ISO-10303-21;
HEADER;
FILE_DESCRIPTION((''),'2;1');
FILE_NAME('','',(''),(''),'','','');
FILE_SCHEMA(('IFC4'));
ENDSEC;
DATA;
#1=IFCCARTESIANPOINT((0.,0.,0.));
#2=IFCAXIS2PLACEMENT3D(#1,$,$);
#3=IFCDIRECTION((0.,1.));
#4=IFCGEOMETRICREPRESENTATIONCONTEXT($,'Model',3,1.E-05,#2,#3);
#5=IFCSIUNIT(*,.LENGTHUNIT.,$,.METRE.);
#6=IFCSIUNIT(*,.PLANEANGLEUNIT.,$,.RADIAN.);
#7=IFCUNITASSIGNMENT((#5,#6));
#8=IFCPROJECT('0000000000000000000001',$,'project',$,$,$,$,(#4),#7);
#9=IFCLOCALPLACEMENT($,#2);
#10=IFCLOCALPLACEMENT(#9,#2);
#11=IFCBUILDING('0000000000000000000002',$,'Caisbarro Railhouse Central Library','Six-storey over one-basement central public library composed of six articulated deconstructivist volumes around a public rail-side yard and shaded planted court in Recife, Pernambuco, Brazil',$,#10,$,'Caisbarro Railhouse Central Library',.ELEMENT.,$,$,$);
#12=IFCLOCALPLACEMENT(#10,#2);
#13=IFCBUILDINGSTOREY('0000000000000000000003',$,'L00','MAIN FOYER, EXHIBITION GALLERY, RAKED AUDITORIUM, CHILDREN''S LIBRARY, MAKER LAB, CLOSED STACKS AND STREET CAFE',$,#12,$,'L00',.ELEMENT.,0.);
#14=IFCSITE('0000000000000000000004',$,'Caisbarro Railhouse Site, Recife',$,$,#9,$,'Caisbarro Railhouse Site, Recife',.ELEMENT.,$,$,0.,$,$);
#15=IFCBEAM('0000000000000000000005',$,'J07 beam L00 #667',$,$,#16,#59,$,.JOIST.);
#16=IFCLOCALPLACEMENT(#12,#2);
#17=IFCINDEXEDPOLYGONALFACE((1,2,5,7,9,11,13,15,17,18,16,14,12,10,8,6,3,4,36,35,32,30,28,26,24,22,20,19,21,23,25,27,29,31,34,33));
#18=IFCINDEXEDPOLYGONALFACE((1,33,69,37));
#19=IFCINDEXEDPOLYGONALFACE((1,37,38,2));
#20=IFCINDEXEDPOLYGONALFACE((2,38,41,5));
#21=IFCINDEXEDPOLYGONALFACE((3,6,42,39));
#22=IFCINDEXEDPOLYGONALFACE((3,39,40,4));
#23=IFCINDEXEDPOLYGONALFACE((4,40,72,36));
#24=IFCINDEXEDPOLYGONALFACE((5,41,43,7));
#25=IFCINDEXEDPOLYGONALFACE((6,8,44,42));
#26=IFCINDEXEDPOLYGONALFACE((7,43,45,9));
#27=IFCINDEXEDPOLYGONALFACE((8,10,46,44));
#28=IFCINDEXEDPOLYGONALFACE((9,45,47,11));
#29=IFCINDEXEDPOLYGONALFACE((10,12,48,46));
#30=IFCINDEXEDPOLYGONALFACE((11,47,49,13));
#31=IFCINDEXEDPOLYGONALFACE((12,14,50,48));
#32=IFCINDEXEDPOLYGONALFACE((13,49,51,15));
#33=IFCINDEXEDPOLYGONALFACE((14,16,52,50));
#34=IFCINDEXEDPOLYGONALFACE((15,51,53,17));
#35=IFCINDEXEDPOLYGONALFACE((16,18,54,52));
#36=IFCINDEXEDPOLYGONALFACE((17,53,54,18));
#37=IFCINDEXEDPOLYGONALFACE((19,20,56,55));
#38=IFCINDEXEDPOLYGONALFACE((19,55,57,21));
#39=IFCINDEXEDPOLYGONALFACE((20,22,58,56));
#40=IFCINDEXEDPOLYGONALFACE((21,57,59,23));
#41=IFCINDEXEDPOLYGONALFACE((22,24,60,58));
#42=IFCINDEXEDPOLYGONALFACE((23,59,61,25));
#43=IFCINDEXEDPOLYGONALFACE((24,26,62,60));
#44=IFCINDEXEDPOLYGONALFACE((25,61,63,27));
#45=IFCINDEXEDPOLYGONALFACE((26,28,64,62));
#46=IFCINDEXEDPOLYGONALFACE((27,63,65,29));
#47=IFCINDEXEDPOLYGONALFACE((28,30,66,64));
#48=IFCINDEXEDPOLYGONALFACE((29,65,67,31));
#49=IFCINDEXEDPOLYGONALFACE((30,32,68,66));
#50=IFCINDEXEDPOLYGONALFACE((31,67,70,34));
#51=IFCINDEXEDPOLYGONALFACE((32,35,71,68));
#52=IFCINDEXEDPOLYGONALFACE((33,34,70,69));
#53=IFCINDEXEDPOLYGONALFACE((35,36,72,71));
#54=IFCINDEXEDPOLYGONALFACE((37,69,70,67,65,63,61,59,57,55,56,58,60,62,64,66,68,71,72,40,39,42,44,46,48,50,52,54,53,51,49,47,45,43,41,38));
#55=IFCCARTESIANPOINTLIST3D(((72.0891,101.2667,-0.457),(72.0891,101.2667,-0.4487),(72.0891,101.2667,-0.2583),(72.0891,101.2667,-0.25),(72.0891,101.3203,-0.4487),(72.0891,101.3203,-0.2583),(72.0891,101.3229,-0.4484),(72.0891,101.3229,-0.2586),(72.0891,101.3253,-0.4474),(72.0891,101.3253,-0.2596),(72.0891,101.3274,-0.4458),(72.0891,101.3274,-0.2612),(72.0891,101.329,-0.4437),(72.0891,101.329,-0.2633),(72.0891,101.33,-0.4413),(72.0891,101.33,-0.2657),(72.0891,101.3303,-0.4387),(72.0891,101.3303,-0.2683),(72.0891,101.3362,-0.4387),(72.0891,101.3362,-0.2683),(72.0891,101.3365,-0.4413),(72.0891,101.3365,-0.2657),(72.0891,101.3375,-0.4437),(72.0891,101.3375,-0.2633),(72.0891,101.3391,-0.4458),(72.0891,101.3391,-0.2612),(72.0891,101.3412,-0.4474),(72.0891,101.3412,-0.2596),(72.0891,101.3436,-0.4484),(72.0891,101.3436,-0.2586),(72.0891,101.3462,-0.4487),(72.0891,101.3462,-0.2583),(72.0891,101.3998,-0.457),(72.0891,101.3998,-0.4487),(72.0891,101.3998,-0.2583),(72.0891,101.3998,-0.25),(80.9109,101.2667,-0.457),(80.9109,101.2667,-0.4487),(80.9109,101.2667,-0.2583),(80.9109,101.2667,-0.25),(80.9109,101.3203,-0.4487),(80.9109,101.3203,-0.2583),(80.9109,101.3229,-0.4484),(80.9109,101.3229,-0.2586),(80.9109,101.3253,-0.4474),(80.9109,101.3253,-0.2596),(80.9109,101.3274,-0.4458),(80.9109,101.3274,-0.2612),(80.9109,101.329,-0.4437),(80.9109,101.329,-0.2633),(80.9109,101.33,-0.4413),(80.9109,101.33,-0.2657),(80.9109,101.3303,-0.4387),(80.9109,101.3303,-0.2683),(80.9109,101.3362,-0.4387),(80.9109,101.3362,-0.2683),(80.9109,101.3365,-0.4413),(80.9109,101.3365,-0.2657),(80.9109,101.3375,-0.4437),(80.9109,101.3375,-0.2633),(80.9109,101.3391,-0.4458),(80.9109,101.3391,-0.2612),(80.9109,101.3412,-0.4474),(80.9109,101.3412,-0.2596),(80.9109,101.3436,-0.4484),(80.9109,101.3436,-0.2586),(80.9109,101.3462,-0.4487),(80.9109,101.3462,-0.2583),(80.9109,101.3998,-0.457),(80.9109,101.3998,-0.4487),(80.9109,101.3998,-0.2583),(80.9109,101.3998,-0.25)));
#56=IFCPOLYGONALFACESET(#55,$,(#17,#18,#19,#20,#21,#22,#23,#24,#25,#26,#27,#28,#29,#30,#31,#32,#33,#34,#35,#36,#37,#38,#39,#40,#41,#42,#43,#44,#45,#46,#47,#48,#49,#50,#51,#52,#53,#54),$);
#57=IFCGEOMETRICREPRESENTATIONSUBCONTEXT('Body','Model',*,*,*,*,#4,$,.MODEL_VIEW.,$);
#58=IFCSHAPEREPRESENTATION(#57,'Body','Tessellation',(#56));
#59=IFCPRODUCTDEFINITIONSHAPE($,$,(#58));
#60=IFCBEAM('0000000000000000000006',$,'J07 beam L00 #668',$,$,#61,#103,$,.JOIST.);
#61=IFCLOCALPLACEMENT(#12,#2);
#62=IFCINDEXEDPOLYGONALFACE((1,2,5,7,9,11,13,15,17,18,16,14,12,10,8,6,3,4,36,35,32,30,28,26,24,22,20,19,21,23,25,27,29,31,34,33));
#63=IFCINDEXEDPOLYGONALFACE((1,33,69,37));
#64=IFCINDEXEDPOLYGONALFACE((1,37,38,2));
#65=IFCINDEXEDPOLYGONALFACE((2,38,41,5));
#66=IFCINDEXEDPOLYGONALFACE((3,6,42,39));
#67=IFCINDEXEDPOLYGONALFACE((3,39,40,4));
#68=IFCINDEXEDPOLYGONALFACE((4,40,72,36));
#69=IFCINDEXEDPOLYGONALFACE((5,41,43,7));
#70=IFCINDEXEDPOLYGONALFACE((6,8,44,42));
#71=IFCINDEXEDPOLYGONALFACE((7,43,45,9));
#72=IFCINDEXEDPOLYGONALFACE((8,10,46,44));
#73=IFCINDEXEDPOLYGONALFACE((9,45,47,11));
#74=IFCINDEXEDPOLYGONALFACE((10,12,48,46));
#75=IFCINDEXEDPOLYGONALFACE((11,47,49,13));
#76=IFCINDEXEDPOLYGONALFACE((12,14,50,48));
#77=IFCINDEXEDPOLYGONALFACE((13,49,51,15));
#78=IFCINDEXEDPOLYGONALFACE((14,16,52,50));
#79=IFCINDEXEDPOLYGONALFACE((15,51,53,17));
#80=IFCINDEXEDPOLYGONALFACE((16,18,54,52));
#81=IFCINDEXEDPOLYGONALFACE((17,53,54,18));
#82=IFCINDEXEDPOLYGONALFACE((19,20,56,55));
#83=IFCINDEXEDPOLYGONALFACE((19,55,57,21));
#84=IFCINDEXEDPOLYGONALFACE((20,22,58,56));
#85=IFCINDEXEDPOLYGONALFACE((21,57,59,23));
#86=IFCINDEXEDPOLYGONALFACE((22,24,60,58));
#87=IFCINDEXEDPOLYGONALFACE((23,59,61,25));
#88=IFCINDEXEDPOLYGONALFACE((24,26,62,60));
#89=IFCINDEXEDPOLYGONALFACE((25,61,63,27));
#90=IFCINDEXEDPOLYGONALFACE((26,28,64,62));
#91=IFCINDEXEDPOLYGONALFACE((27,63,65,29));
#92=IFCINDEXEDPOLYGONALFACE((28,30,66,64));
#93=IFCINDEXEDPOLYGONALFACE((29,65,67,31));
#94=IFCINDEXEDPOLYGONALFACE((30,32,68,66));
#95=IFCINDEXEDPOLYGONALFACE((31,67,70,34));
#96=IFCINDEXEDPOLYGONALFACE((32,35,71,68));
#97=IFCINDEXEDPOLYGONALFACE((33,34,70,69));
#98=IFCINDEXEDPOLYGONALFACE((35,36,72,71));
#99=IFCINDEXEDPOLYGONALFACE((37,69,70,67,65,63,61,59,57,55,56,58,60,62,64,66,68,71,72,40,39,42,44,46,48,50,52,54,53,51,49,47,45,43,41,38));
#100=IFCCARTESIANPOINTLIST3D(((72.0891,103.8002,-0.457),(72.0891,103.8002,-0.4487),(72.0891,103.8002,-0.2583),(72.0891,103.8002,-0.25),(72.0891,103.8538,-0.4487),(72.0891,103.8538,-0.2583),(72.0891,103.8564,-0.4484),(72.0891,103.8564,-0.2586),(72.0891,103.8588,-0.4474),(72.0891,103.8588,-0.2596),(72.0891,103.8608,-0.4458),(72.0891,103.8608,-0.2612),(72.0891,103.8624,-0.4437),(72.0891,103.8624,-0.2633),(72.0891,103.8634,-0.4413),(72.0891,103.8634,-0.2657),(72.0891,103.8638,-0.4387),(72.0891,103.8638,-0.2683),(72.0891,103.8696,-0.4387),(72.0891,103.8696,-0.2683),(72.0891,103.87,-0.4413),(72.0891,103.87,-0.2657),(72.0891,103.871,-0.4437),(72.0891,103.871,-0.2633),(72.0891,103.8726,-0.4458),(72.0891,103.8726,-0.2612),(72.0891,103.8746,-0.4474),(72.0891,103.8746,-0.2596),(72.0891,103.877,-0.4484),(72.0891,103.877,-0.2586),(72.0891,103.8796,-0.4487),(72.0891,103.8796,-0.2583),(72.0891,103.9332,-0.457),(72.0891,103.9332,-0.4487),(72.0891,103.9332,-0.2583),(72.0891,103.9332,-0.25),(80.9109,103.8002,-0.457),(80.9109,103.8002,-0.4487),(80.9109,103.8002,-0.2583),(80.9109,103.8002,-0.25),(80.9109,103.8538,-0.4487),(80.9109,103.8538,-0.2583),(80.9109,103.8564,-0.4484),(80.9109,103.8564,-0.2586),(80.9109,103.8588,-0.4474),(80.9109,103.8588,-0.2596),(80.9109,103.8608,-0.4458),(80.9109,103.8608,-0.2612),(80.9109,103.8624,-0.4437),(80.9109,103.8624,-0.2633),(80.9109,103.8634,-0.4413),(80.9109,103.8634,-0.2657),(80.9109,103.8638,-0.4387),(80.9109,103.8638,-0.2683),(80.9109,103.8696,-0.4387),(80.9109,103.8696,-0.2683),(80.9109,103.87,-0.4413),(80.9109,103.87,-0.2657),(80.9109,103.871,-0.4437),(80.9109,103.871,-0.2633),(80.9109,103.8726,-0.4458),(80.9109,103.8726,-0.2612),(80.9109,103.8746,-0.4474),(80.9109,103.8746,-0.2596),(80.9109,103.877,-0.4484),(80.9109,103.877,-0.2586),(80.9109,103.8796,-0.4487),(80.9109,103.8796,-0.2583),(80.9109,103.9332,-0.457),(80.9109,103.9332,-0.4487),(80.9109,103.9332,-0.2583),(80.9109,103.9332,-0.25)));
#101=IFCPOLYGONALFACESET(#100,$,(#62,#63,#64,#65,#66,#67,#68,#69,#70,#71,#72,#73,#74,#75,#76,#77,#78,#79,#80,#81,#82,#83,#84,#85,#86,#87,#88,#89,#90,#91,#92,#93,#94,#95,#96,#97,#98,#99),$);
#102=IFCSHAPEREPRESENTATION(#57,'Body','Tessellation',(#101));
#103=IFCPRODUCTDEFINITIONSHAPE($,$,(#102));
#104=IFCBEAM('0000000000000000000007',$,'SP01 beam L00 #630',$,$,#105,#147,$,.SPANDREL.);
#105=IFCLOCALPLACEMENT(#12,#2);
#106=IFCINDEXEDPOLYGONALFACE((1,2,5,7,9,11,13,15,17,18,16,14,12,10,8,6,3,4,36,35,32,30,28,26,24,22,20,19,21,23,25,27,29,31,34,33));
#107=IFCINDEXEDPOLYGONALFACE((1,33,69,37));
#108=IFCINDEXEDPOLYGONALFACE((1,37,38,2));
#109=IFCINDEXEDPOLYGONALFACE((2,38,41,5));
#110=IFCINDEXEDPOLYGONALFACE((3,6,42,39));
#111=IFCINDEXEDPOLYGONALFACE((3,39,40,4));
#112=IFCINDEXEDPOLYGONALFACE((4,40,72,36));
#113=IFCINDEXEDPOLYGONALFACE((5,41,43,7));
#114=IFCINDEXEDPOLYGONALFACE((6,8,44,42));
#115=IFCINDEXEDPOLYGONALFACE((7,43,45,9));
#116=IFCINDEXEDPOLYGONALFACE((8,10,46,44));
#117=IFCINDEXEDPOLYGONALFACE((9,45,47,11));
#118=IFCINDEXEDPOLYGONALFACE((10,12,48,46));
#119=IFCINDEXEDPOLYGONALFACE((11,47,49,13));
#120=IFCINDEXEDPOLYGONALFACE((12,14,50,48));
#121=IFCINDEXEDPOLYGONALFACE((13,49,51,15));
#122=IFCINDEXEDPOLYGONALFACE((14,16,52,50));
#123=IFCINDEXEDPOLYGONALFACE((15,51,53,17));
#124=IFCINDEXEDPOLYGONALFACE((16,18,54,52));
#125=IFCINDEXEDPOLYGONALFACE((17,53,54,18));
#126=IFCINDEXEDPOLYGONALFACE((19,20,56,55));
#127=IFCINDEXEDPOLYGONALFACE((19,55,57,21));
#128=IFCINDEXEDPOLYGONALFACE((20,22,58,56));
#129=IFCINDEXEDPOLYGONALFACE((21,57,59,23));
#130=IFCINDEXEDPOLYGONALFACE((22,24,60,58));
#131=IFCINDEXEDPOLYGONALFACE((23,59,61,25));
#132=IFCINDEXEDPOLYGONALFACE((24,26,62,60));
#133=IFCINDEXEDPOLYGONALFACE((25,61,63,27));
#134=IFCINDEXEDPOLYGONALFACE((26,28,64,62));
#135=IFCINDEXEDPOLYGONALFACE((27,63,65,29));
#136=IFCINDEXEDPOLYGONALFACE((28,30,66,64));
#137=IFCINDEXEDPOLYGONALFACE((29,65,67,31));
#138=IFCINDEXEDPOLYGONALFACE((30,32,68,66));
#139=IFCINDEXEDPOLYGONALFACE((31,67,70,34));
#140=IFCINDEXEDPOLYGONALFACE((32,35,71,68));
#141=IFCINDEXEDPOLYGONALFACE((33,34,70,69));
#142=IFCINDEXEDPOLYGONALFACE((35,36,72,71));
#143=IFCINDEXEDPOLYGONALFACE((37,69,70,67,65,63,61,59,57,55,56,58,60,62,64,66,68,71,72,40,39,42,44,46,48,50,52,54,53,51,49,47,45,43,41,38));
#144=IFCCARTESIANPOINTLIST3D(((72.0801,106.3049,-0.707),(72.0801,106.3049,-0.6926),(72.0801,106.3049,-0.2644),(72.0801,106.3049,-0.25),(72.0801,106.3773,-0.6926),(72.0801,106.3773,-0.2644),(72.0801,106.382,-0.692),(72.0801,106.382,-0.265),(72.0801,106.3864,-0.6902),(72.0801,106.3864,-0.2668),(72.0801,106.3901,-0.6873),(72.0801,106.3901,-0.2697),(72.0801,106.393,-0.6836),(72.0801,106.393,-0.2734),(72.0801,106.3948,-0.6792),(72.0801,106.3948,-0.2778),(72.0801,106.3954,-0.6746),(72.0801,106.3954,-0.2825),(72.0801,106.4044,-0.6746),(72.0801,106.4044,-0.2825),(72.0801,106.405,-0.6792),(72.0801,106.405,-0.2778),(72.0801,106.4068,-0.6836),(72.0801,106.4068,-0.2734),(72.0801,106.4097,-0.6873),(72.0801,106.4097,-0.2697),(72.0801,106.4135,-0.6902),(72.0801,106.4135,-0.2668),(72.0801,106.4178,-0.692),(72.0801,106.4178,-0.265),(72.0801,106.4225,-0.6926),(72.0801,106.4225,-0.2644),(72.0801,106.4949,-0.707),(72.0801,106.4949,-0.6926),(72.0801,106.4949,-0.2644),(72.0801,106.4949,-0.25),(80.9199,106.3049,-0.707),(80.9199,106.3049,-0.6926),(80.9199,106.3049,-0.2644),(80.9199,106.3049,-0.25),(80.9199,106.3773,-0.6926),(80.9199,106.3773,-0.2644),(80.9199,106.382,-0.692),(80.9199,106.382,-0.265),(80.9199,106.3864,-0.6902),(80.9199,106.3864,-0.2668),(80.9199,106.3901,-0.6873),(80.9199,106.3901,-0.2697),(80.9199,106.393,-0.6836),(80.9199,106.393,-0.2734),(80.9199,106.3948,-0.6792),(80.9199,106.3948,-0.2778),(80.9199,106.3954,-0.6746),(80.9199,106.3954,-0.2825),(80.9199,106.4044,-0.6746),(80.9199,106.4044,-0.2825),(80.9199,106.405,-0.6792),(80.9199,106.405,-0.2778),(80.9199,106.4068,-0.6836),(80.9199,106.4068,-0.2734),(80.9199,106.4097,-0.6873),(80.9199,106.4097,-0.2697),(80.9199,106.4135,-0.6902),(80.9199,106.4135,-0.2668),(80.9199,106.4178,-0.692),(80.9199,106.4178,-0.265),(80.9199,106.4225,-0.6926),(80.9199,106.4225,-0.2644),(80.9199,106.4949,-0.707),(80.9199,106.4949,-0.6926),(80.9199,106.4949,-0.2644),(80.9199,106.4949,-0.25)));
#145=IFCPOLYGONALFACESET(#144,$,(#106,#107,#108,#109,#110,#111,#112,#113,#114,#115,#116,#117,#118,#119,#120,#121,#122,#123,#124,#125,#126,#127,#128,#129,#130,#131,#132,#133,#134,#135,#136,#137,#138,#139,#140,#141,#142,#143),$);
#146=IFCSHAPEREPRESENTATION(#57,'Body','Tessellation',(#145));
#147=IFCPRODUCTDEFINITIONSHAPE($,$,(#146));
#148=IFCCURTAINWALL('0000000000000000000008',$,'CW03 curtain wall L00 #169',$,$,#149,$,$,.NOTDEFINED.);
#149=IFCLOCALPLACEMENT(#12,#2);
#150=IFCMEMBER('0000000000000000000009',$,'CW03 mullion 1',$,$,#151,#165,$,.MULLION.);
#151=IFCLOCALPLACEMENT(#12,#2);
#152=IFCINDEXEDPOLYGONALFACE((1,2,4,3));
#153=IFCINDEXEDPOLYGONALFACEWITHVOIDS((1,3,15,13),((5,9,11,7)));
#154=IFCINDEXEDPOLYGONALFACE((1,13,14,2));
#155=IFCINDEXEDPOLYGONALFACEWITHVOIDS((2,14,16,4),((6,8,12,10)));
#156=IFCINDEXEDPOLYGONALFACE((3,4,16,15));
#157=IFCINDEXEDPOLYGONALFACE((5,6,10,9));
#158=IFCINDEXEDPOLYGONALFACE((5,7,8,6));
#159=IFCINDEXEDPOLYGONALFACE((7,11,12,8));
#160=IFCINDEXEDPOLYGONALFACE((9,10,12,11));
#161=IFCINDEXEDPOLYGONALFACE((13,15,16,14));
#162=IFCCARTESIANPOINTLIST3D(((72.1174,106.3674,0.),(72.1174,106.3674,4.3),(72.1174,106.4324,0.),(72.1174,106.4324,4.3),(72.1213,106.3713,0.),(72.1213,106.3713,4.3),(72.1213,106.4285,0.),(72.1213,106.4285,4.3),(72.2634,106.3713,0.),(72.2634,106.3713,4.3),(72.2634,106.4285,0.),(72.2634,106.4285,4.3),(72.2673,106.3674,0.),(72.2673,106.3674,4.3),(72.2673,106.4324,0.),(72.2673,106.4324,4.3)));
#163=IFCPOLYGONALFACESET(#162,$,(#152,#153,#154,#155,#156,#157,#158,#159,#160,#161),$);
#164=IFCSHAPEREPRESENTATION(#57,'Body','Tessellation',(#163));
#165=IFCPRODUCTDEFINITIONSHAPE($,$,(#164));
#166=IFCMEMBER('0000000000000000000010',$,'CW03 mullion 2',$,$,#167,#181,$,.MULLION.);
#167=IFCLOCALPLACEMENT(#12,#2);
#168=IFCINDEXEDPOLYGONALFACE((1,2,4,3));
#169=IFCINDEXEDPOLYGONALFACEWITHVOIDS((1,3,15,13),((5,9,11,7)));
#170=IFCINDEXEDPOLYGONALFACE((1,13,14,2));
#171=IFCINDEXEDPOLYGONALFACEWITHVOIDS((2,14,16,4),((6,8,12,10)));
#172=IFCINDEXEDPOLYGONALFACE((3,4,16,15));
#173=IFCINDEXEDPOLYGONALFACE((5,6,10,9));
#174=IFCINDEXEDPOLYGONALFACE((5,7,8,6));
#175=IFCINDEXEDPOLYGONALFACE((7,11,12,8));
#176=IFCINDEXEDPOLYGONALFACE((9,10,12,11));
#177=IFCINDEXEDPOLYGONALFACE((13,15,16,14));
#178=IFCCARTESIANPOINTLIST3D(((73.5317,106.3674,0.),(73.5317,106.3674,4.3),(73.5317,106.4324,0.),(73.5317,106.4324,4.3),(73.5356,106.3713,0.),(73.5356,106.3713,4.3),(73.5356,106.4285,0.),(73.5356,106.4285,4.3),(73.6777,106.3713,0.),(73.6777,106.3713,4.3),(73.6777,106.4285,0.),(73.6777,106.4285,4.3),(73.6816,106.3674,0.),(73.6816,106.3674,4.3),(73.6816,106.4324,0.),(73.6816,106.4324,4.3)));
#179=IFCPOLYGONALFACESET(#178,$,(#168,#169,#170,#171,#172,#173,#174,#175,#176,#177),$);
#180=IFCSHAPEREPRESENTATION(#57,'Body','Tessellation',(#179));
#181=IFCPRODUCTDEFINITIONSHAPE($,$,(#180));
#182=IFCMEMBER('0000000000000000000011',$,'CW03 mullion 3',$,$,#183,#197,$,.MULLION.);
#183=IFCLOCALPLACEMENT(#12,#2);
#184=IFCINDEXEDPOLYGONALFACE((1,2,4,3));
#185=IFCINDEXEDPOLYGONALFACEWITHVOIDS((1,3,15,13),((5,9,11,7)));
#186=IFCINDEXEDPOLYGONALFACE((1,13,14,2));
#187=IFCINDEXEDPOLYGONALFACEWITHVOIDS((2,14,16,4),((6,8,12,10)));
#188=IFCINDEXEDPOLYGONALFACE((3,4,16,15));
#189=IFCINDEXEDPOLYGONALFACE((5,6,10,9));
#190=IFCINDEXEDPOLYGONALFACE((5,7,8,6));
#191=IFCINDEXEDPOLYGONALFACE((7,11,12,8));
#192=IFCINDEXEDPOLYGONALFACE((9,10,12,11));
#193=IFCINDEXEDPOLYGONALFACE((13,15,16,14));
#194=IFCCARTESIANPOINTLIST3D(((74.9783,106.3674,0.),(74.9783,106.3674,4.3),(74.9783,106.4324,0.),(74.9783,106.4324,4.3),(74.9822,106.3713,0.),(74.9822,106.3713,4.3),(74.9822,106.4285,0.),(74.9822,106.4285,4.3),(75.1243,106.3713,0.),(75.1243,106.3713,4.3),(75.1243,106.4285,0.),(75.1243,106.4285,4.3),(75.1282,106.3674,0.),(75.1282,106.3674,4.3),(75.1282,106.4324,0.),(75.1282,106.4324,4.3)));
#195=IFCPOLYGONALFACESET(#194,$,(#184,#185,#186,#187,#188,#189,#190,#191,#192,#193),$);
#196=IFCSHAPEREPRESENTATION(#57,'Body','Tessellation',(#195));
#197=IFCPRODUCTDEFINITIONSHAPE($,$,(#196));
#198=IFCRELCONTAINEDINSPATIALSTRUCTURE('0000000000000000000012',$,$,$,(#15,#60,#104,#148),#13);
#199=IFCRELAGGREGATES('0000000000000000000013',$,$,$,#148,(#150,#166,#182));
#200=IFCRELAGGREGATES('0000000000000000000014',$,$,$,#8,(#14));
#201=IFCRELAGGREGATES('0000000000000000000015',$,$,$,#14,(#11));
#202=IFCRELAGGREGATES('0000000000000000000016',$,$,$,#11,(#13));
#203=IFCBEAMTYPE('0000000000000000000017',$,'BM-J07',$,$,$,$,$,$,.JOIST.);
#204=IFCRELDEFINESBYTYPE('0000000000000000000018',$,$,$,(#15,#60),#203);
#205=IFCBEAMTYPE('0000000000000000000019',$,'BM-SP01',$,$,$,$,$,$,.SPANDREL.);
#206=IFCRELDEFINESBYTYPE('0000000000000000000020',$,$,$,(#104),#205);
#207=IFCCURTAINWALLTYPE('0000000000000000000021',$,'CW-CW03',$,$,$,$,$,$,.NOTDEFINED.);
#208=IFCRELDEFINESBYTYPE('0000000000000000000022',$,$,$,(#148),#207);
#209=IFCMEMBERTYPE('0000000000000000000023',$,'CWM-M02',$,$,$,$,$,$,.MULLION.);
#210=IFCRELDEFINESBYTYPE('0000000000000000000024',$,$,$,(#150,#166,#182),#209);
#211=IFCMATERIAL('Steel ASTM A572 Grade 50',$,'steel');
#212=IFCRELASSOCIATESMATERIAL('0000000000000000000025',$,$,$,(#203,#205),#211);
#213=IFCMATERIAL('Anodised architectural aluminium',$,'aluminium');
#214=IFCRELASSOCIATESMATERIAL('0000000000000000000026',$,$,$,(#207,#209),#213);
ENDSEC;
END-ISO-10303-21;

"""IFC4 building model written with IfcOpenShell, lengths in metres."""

from ifc_helpers import new_model, si_unit, direction, frame, origin, origin_2d, place, context, subcontext, project, spatial, hollow_rectangle, i_section, extrude, material, material_profile, profile_set, type_object, element, aggregate, save


model = new_model("IFC4")

# Units and contexts
model_context = context("Model", 3, precision=1e-05, world=origin(), true_north=direction((0.0, 1.0)))
body_context = subcontext(model_context, "Body", "Model", "MODEL_VIEW")
ifc_project = project(units=[si_unit("LENGTHUNIT", "METRE"), si_unit("PLANEANGLEUNIT", "RADIAN")], contexts=[model_context])

# Site, building, storey
site_placement = place(None, origin())
site = spatial("IfcSite", under=ifc_project, at=site_placement, Name="Caisbarro Railhouse Site, Recife", LongName="Caisbarro Railhouse Site, Recife", CompositionType="ELEMENT", RefElevation=0.0)
building_placement = place(site_placement, origin())
building = spatial("IfcBuilding", under=site, at=building_placement, Name="Caisbarro Railhouse Central Library", Description="Six-storey over one-basement central public library composed of six articulated deconstructivist volumes around a public rail-side yard and shaded planted court in Recife, Pernambuco, Brazil", LongName="Caisbarro Railhouse Central Library", CompositionType="ELEMENT")
storey_placement = place(building_placement, origin())
storey = spatial("IfcBuildingStorey", under=building, at=storey_placement, Name="L00", Description="MAIN FOYER, EXHIBITION GALLERY, RAKED AUDITORIUM, CHILDREN'S LIBRARY, MAKER LAB, CLOSED STACKS AND STREET CAFE", LongName="L00", CompositionType="ELEMENT", Elevation=0.0)

# Beams
ifc_material_1 = material(Name="Steel ASTM A572 Grade 50", Category="steel")
ifc_material_profile_1 = material_profile(ifc_material_1, i_section(OverallWidth=0.1331, OverallDepth=0.207, WebThickness=0.0059, FlangeThickness=0.0083, FilletRadius=0.01, at=origin_2d()), Name="W200X26.6")
ifc_profile_set_1 = profile_set([ifc_material_profile_1], Name="Steel ASTM A572 Grade 50")
beam_type_1 = type_object("IfcBeamType", Name="BM-J07", PredefinedType="JOIST", material=ifc_profile_set_1)
for number, where, z_axis, x_axis, name in (
    (1, (72.0891, 101.3333, -0.3535), (1.0, 0.0, 0.0), (0.0, 1.0, 0.0), "J07 beam L00 #667"),
    (2, (72.0891, 103.8667, -0.3535), (1.0, 0.0, 0.0), (0.0, 1.0, 0.0), "J07 beam L00 #668"),
):
    element("IfcBeam", number, at=place(storey_placement, frame(where, z_axis=z_axis, x_axis=x_axis)), inside=storey, type_object=beam_type_1, Name=name, PredefinedType="JOIST", context=body_context, shape_type="SweptSolid", body=[
        extrude(i_section(OverallWidth=0.1331, OverallDepth=0.207, WebThickness=0.0059, FlangeThickness=0.0083, FilletRadius=0.01, at=origin_2d()), origin(), (0.0, 0.0, 1.0), 8.8218),
    ])
ifc_material_profile_2 = material_profile(ifc_material_1, i_section(OverallWidth=0.1899, OverallDepth=0.457, WebThickness=0.009, FlangeThickness=0.0144, FilletRadius=0.0181, at=origin_2d()), Name="W460X74.0")
ifc_profile_set_2 = profile_set([ifc_material_profile_2], Name="Steel ASTM A572 Grade 50")
beam_type_2 = type_object("IfcBeamType", Name="BM-SP01", PredefinedType="SPANDREL", material=ifc_profile_set_2)
beam_placement = place(storey_placement, frame((72.0801, 106.3999, -0.4785), z_axis=(1.0, 0.0, 0.0), x_axis=(0.0, 1.0, 0.0)))
element("IfcBeam", 3, at=beam_placement, inside=storey, type_object=beam_type_2, Name="SP01 beam L00 #630", PredefinedType="SPANDREL", context=body_context, shape_type="SweptSolid", body=[
    extrude(i_section(OverallWidth=0.1899, OverallDepth=0.457, WebThickness=0.009, FlangeThickness=0.0144, FilletRadius=0.0181, at=origin_2d()), origin(), (0.0, 0.0, 1.0), 8.8398),
])

# Curtain wall, members
ifc_material_2 = material(Name="Anodised architectural aluminium", Category="aluminium")
curtain_wall_type = type_object("IfcCurtainWallType", Name="CW-CW03", PredefinedType="NOTDEFINED", material=ifc_material_2)
curtain_wall_placement = place(storey_placement, origin())
curtain_wall = element("IfcCurtainWall", 4, at=curtain_wall_placement, inside=storey, type_object=curtain_wall_type, Name="CW03 curtain wall L00 #169", PredefinedType="NOTDEFINED")
ifc_material_profile_3 = material_profile(ifc_material_2, hollow_rectangle(XDim=0.0649, YDim=0.1499, WallThickness=0.0039, at=origin_2d()), Name="ALU-MUL-65X150")
ifc_profile_set_3 = profile_set([ifc_material_profile_3], Name="Anodised architectural aluminium")
member_type_1 = type_object("IfcMemberType", Name="CWM-M02", PredefinedType="MULLION", material=ifc_profile_set_3)
member_1_placement = place(storey_placement, frame((72.1924, 106.3999, 0.0), z_axis=(0.0, 0.0, 1.0), x_axis=(0.0, 1.0, 0.0)))
member_1 = element("IfcMember", 5, at=member_1_placement, type_object=member_type_1, Name="CW03 mullion 1", PredefinedType="MULLION", context=body_context, shape_type="SweptSolid", body=[
    extrude(hollow_rectangle(XDim=0.0649, YDim=0.1499, WallThickness=0.0039, at=origin_2d()), origin(), (0.0, 0.0, 1.0), 4.3),
])
member_2_placement = place(storey_placement, frame((73.6067, 106.3999, 0.0), z_axis=(0.0, 0.0, 1.0), x_axis=(0.0, 1.0, 0.0)))
member_2 = element("IfcMember", 6, at=member_2_placement, type_object=member_type_1, Name="CW03 mullion 2", PredefinedType="MULLION", context=body_context, shape_type="SweptSolid", body=[
    extrude(hollow_rectangle(XDim=0.0649, YDim=0.1499, WallThickness=0.0039, at=origin_2d()), origin(), (0.0, 0.0, 1.0), 4.3),
])
member_3_placement = place(storey_placement, frame((75.0532, 106.3999, 0.0), z_axis=(0.0, 0.0, 1.0), x_axis=(0.0, 1.0, 0.0)))
member_3 = element("IfcMember", 7, at=member_3_placement, type_object=member_type_1, Name="CW03 mullion 3", PredefinedType="MULLION", context=body_context, shape_type="SweptSolid", body=[
    extrude(hollow_rectangle(XDim=0.0649, YDim=0.1499, WallThickness=0.0039, at=origin_2d()), origin(), (0.0, 0.0, 1.0), 4.3),
])
aggregate(curtain_wall, [member_1, member_2, member_3])

save(model, "model.ifc")
